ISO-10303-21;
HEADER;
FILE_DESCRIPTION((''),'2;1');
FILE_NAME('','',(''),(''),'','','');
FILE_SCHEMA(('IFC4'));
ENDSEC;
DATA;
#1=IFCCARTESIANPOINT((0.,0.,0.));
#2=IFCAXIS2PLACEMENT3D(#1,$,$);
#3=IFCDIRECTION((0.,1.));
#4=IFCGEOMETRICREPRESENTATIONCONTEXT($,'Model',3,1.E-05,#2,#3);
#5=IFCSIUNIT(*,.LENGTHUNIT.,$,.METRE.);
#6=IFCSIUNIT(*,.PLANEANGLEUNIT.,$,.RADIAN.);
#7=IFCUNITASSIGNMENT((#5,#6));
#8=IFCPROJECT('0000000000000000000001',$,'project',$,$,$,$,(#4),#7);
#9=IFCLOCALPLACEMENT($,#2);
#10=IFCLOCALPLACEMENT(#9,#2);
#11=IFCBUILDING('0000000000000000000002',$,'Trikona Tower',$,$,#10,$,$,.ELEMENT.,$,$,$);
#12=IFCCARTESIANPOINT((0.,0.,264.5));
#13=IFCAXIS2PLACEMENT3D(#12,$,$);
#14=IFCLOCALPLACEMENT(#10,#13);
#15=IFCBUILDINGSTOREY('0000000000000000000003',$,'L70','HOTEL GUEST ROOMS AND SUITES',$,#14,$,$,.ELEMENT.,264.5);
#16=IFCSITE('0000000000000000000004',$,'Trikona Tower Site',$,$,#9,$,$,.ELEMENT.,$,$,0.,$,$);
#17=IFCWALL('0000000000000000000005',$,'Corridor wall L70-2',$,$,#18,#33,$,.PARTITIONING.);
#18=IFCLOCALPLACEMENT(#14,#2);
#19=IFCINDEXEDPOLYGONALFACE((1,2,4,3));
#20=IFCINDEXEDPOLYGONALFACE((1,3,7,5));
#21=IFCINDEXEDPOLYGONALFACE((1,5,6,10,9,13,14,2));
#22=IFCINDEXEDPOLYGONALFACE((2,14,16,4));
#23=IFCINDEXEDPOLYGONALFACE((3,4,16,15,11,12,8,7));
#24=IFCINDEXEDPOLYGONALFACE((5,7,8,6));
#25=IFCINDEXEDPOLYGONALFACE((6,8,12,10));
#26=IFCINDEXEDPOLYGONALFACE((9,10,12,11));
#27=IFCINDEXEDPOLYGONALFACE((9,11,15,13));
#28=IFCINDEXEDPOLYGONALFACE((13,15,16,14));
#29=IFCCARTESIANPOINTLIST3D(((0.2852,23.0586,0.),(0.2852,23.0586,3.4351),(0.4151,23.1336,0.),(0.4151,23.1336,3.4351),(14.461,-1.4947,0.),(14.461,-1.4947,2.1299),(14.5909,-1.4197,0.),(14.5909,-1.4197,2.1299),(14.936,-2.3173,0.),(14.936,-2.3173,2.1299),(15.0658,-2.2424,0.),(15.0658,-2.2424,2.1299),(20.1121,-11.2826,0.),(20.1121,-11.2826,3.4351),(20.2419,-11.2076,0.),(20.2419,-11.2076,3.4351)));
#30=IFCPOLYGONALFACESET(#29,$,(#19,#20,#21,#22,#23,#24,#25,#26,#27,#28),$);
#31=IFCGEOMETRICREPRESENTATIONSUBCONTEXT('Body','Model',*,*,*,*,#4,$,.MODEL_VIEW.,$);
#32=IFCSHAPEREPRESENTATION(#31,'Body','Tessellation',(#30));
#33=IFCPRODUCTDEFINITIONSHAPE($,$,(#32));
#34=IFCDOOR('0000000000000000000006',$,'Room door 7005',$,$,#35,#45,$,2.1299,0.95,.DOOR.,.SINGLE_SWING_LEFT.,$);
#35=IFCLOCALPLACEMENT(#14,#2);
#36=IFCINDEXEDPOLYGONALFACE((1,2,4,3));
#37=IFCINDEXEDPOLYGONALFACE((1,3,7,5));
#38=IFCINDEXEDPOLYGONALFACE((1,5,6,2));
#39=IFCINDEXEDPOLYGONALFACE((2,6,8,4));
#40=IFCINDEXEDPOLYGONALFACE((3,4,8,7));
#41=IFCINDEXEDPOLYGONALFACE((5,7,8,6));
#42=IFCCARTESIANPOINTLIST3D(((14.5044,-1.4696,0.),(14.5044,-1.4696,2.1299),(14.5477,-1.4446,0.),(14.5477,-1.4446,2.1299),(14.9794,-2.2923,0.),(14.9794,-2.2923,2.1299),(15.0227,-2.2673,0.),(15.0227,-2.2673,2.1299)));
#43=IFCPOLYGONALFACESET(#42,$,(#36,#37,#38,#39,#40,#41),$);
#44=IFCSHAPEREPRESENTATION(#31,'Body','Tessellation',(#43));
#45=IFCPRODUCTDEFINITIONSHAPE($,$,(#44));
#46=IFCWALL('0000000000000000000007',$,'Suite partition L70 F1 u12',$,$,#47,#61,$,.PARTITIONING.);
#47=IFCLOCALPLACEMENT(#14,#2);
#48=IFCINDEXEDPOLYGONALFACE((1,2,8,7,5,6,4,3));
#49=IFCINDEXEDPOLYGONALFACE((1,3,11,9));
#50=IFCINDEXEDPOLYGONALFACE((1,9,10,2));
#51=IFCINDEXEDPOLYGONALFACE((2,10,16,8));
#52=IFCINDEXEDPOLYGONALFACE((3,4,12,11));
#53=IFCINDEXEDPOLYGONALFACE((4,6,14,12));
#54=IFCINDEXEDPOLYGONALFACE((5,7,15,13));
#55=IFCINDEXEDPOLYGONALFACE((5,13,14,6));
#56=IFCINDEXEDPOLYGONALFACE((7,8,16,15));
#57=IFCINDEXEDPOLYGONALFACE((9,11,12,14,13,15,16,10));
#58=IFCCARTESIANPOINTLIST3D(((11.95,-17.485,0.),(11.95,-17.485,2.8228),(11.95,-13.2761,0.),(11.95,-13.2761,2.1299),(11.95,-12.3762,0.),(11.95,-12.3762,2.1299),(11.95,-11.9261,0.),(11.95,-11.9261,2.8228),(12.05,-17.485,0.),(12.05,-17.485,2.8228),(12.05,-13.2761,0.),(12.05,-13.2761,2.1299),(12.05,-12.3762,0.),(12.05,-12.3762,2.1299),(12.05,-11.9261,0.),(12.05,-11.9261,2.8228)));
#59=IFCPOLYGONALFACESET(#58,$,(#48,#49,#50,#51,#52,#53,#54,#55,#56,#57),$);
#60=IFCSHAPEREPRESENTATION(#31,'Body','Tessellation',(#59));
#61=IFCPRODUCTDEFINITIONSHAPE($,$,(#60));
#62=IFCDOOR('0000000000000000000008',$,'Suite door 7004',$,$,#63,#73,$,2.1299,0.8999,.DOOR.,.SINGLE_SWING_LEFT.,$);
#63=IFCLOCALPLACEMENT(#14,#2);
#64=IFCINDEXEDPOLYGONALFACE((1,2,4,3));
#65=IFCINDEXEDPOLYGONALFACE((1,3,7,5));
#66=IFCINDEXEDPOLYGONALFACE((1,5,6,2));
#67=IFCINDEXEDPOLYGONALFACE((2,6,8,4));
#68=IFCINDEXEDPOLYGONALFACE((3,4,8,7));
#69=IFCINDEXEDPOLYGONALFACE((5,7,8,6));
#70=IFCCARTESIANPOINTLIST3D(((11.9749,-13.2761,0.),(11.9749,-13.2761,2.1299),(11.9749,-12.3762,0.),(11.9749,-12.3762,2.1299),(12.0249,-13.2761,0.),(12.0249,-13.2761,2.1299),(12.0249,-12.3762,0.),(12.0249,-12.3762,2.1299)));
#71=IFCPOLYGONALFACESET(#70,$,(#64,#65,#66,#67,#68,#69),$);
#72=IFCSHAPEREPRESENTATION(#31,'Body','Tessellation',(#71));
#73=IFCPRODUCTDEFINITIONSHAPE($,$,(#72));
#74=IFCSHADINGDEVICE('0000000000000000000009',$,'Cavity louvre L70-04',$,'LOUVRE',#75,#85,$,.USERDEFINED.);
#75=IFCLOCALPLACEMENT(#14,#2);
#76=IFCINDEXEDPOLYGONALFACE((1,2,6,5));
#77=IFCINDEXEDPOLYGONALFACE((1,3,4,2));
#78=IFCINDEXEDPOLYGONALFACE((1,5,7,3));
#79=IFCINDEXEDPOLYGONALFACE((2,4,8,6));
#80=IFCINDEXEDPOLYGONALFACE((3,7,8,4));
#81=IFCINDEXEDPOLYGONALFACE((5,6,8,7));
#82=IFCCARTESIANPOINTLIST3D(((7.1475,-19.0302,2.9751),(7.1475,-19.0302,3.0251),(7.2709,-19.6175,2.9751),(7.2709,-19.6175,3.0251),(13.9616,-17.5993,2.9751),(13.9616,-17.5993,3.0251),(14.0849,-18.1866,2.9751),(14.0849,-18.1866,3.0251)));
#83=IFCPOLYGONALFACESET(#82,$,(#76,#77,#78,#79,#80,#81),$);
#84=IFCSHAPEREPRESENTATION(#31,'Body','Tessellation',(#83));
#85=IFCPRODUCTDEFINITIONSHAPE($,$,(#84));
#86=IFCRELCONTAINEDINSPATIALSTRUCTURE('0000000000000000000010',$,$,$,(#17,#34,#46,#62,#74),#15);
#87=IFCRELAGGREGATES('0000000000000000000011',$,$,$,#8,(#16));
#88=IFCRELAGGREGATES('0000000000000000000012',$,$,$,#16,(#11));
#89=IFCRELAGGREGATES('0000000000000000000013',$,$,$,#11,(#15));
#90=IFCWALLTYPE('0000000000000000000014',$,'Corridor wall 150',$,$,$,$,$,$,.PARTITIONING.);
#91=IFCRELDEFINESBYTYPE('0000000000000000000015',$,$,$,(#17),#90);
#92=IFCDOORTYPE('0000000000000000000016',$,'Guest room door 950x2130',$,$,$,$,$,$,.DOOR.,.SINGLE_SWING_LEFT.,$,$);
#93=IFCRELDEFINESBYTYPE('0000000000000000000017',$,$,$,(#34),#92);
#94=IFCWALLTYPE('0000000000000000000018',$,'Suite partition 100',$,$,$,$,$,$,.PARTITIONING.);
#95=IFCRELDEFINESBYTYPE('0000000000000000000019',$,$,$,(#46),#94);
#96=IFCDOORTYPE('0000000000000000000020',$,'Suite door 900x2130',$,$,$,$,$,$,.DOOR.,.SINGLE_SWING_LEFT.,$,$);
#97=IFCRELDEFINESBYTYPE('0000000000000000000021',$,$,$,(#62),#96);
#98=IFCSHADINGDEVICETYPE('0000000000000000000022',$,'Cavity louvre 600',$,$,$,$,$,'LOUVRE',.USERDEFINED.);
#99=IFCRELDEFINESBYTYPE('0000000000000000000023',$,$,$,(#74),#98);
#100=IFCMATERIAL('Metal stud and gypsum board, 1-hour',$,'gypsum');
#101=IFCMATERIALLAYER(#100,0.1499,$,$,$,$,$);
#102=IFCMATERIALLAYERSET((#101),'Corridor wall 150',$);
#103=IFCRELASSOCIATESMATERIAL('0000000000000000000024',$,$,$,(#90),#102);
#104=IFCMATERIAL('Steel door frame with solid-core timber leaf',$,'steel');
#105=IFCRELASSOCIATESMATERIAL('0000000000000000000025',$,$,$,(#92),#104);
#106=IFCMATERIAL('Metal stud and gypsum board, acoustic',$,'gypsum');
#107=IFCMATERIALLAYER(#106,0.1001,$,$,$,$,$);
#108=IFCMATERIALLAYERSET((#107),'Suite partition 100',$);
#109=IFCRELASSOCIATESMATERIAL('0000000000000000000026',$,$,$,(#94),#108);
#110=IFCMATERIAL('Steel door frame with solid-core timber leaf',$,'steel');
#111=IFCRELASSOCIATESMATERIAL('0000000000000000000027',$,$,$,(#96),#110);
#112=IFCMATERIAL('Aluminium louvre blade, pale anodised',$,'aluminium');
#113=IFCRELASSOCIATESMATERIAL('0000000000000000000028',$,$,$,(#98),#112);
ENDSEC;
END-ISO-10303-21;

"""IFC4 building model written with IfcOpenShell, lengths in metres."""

from ifc_helpers import new_model, si_unit, direction, frame, frame_2d, origin, origin_2d, place, context, subcontext, project, spatial, rectangle, extrude, material, layer, layer_set, type_object, element, fill, save


model = new_model("IFC4")

# Units and contexts
model_context = context("Model", 3, precision=1e-05, world=origin(), true_north=direction((0.0, 1.0)))
body_context = subcontext(model_context, "Body", "Model", "MODEL_VIEW")
ifc_project = project(units=[si_unit("LENGTHUNIT", "METRE"), si_unit("PLANEANGLEUNIT", "RADIAN")], contexts=[model_context])

# Site, building, storey
site_placement = place(None, origin())
site = spatial("IfcSite", under=ifc_project, at=site_placement, Name="Trikona Tower Site", CompositionType="ELEMENT", RefElevation=0.0)
building_placement = place(site_placement, origin())
building = spatial("IfcBuilding", under=site, at=building_placement, Name="Trikona Tower", CompositionType="ELEMENT")
storey_placement = place(building_placement, frame((0.0, 0.0, 264.5)))
storey = spatial("IfcBuildingStorey", under=building, at=storey_placement, Name="L70", Description="HOTEL GUEST ROOMS AND SUITES", CompositionType="ELEMENT", Elevation=264.5)

# Walls, openings, doors
ifc_material_1 = material(Name="Metal stud and gypsum board, 1-hour", Category="gypsum")
ifc_layer_1 = layer(ifc_material_1, 0.1499)
ifc_layer_set_1 = layer_set([ifc_layer_1], Name="Corridor wall 150")
wall_type_1 = type_object("IfcWallType", Name="Corridor wall 150", PredefinedType="PARTITIONING", material=ifc_layer_set_1)
wall_1_placement = place(storey_placement, frame((20.177, -11.2451, 0.0), z_axis=(0.0, 0.0, 1.0), x_axis=(-0.499999, 0.866026, 0.0)))
wall_1 = element("IfcWall", 1, at=wall_1_placement, inside=storey, type_object=wall_type_1, Name="Corridor wall L70-2", PredefinedType="PARTITIONING", context=body_context, shape_type="SweptSolid", body=[
    extrude(rectangle(XDim=39.6538, YDim=0.1499, at=frame_2d((19.8269, 0.0))), origin(), (0.0, 0.0, 1.0), 3.4351),
])
opening_1_placement = place(wall_1_placement, frame((10.3521, 0.0, 0.0)))
opening_1 = element("IfcOpeningElement", 2, at=opening_1_placement, cuts=wall_1, PredefinedType="OPENING", context=body_context, shape_type="SweptSolid", body=[
    extrude(rectangle(XDim=0.95, YDim=2.1299, at=frame_2d((0.4751, 1.0649))), frame((0.0, 0.085, 0.0), z_axis=(0.0, -1.0, 0.0), x_axis=(1.0, 0.0, 0.0)), (0.0, 0.0, 1.0), 0.1699),
])
ifc_material_2 = material(Name="Steel door frame with solid-core timber leaf", Category="steel")
door_type_1 = type_object("IfcDoorType", Name="Guest room door 950x2130", OperationType="SINGLE_SWING_LEFT", PredefinedType="DOOR", material=ifc_material_2)
door_1_placement = place(opening_1_placement, origin())
door_1 = element("IfcDoor", 3, at=door_1_placement, inside=storey, type_object=door_type_1, Name="Room door 7005", OperationType="SINGLE_SWING_LEFT", OverallHeight=2.1299, OverallWidth=0.95, PredefinedType="DOOR", context=body_context, shape_type="SweptSolid", body=[
    extrude(rectangle(XDim=0.95, YDim=2.1299, at=frame_2d((0.4751, 1.0649))), frame((0.0, 0.0249, 0.0), z_axis=(0.0, -1.0, 0.0), x_axis=(1.0, 0.0, 0.0)), (0.0, 0.0, 1.0), 0.05),
])
fill(opening_1, door_1)
ifc_material_3 = material(Name="Metal stud and gypsum board, acoustic", Category="gypsum")
ifc_layer_2 = layer(ifc_material_3, 0.1001)
ifc_layer_set_2 = layer_set([ifc_layer_2], Name="Suite partition 100")
wall_type_2 = type_object("IfcWallType", Name="Suite partition 100", PredefinedType="PARTITIONING", material=ifc_layer_set_2)
wall_2_placement = place(storey_placement, frame((12.0, -11.9263, 0.0), z_axis=(0.0, 0.0, 1.0), x_axis=(0.0, -1.0, 0.0)))
wall_2 = element("IfcWall", 4, at=wall_2_placement, inside=storey, type_object=wall_type_2, Name="Suite partition L70 F1 u12", PredefinedType="PARTITIONING", context=body_context, shape_type="SweptSolid", body=[
    extrude(rectangle(XDim=5.5588, YDim=0.1001, at=frame_2d((2.7793, 0.0))), origin(), (0.0, 0.0, 1.0), 2.8228),
])
opening_2_placement = place(wall_2_placement, frame((0.45, 0.0, 0.0)))
opening_2 = element("IfcOpeningElement", 5, at=opening_2_placement, cuts=wall_2, PredefinedType="OPENING", context=body_context, shape_type="SweptSolid", body=[
    extrude(rectangle(XDim=0.8999, YDim=2.1299, at=frame_2d((0.45, 1.0649))), frame((0.0, 0.0601, 0.0), z_axis=(0.0, -1.0, 0.0), x_axis=(1.0, 0.0, 0.0)), (0.0, 0.0, 1.0), 0.1201),
])
ifc_material_4 = material(Name="Steel door frame with solid-core timber leaf", Category="steel")
door_type_2 = type_object("IfcDoorType", Name="Suite door 900x2130", OperationType="SINGLE_SWING_LEFT", PredefinedType="DOOR", material=ifc_material_4)
door_2_placement = place(opening_2_placement, origin())
door_2 = element("IfcDoor", 6, at=door_2_placement, inside=storey, type_object=door_type_2, Name="Suite door 7004", OperationType="SINGLE_SWING_LEFT", OverallHeight=2.1299, OverallWidth=0.8999, PredefinedType="DOOR", context=body_context, shape_type="SweptSolid", body=[
    extrude(rectangle(XDim=0.8999, YDim=2.1299, at=frame_2d((0.45, 1.0649))), frame((0.0, 0.0249, 0.0), z_axis=(0.0, -1.0, 0.0), x_axis=(1.0, 0.0, 0.0)), (0.0, 0.0, 1.0), 0.05),
])
fill(opening_2, door_2)

# Shading device
ifc_material_5 = material(Name="Aluminium louvre blade, pale anodised", Category="aluminium")
shading_device_type = type_object("IfcShadingDeviceType", Name="Cavity louvre 600", ElementType="LOUVRE", PredefinedType="USERDEFINED", material=ifc_material_5)
shading_device_placement = place(storey_placement, frame((10.6162, -18.6084, 2.9751), z_axis=(0.0, 0.0, 1.0), x_axis=(0.978653, 0.205518, 0.0)))
element("IfcShadingDevice", 7, at=shading_device_placement, inside=storey, type_object=shading_device_type, Name="Cavity louvre L70-04", ObjectType="LOUVRE", PredefinedType="USERDEFINED", context=body_context, shape_type="SweptSolid", body=[
    extrude(rectangle(XDim=6.9626, YDim=0.6001, at=origin_2d()), origin(), (0.0, 0.0, 1.0), 0.05),
])

save(model, "model.ifc")
